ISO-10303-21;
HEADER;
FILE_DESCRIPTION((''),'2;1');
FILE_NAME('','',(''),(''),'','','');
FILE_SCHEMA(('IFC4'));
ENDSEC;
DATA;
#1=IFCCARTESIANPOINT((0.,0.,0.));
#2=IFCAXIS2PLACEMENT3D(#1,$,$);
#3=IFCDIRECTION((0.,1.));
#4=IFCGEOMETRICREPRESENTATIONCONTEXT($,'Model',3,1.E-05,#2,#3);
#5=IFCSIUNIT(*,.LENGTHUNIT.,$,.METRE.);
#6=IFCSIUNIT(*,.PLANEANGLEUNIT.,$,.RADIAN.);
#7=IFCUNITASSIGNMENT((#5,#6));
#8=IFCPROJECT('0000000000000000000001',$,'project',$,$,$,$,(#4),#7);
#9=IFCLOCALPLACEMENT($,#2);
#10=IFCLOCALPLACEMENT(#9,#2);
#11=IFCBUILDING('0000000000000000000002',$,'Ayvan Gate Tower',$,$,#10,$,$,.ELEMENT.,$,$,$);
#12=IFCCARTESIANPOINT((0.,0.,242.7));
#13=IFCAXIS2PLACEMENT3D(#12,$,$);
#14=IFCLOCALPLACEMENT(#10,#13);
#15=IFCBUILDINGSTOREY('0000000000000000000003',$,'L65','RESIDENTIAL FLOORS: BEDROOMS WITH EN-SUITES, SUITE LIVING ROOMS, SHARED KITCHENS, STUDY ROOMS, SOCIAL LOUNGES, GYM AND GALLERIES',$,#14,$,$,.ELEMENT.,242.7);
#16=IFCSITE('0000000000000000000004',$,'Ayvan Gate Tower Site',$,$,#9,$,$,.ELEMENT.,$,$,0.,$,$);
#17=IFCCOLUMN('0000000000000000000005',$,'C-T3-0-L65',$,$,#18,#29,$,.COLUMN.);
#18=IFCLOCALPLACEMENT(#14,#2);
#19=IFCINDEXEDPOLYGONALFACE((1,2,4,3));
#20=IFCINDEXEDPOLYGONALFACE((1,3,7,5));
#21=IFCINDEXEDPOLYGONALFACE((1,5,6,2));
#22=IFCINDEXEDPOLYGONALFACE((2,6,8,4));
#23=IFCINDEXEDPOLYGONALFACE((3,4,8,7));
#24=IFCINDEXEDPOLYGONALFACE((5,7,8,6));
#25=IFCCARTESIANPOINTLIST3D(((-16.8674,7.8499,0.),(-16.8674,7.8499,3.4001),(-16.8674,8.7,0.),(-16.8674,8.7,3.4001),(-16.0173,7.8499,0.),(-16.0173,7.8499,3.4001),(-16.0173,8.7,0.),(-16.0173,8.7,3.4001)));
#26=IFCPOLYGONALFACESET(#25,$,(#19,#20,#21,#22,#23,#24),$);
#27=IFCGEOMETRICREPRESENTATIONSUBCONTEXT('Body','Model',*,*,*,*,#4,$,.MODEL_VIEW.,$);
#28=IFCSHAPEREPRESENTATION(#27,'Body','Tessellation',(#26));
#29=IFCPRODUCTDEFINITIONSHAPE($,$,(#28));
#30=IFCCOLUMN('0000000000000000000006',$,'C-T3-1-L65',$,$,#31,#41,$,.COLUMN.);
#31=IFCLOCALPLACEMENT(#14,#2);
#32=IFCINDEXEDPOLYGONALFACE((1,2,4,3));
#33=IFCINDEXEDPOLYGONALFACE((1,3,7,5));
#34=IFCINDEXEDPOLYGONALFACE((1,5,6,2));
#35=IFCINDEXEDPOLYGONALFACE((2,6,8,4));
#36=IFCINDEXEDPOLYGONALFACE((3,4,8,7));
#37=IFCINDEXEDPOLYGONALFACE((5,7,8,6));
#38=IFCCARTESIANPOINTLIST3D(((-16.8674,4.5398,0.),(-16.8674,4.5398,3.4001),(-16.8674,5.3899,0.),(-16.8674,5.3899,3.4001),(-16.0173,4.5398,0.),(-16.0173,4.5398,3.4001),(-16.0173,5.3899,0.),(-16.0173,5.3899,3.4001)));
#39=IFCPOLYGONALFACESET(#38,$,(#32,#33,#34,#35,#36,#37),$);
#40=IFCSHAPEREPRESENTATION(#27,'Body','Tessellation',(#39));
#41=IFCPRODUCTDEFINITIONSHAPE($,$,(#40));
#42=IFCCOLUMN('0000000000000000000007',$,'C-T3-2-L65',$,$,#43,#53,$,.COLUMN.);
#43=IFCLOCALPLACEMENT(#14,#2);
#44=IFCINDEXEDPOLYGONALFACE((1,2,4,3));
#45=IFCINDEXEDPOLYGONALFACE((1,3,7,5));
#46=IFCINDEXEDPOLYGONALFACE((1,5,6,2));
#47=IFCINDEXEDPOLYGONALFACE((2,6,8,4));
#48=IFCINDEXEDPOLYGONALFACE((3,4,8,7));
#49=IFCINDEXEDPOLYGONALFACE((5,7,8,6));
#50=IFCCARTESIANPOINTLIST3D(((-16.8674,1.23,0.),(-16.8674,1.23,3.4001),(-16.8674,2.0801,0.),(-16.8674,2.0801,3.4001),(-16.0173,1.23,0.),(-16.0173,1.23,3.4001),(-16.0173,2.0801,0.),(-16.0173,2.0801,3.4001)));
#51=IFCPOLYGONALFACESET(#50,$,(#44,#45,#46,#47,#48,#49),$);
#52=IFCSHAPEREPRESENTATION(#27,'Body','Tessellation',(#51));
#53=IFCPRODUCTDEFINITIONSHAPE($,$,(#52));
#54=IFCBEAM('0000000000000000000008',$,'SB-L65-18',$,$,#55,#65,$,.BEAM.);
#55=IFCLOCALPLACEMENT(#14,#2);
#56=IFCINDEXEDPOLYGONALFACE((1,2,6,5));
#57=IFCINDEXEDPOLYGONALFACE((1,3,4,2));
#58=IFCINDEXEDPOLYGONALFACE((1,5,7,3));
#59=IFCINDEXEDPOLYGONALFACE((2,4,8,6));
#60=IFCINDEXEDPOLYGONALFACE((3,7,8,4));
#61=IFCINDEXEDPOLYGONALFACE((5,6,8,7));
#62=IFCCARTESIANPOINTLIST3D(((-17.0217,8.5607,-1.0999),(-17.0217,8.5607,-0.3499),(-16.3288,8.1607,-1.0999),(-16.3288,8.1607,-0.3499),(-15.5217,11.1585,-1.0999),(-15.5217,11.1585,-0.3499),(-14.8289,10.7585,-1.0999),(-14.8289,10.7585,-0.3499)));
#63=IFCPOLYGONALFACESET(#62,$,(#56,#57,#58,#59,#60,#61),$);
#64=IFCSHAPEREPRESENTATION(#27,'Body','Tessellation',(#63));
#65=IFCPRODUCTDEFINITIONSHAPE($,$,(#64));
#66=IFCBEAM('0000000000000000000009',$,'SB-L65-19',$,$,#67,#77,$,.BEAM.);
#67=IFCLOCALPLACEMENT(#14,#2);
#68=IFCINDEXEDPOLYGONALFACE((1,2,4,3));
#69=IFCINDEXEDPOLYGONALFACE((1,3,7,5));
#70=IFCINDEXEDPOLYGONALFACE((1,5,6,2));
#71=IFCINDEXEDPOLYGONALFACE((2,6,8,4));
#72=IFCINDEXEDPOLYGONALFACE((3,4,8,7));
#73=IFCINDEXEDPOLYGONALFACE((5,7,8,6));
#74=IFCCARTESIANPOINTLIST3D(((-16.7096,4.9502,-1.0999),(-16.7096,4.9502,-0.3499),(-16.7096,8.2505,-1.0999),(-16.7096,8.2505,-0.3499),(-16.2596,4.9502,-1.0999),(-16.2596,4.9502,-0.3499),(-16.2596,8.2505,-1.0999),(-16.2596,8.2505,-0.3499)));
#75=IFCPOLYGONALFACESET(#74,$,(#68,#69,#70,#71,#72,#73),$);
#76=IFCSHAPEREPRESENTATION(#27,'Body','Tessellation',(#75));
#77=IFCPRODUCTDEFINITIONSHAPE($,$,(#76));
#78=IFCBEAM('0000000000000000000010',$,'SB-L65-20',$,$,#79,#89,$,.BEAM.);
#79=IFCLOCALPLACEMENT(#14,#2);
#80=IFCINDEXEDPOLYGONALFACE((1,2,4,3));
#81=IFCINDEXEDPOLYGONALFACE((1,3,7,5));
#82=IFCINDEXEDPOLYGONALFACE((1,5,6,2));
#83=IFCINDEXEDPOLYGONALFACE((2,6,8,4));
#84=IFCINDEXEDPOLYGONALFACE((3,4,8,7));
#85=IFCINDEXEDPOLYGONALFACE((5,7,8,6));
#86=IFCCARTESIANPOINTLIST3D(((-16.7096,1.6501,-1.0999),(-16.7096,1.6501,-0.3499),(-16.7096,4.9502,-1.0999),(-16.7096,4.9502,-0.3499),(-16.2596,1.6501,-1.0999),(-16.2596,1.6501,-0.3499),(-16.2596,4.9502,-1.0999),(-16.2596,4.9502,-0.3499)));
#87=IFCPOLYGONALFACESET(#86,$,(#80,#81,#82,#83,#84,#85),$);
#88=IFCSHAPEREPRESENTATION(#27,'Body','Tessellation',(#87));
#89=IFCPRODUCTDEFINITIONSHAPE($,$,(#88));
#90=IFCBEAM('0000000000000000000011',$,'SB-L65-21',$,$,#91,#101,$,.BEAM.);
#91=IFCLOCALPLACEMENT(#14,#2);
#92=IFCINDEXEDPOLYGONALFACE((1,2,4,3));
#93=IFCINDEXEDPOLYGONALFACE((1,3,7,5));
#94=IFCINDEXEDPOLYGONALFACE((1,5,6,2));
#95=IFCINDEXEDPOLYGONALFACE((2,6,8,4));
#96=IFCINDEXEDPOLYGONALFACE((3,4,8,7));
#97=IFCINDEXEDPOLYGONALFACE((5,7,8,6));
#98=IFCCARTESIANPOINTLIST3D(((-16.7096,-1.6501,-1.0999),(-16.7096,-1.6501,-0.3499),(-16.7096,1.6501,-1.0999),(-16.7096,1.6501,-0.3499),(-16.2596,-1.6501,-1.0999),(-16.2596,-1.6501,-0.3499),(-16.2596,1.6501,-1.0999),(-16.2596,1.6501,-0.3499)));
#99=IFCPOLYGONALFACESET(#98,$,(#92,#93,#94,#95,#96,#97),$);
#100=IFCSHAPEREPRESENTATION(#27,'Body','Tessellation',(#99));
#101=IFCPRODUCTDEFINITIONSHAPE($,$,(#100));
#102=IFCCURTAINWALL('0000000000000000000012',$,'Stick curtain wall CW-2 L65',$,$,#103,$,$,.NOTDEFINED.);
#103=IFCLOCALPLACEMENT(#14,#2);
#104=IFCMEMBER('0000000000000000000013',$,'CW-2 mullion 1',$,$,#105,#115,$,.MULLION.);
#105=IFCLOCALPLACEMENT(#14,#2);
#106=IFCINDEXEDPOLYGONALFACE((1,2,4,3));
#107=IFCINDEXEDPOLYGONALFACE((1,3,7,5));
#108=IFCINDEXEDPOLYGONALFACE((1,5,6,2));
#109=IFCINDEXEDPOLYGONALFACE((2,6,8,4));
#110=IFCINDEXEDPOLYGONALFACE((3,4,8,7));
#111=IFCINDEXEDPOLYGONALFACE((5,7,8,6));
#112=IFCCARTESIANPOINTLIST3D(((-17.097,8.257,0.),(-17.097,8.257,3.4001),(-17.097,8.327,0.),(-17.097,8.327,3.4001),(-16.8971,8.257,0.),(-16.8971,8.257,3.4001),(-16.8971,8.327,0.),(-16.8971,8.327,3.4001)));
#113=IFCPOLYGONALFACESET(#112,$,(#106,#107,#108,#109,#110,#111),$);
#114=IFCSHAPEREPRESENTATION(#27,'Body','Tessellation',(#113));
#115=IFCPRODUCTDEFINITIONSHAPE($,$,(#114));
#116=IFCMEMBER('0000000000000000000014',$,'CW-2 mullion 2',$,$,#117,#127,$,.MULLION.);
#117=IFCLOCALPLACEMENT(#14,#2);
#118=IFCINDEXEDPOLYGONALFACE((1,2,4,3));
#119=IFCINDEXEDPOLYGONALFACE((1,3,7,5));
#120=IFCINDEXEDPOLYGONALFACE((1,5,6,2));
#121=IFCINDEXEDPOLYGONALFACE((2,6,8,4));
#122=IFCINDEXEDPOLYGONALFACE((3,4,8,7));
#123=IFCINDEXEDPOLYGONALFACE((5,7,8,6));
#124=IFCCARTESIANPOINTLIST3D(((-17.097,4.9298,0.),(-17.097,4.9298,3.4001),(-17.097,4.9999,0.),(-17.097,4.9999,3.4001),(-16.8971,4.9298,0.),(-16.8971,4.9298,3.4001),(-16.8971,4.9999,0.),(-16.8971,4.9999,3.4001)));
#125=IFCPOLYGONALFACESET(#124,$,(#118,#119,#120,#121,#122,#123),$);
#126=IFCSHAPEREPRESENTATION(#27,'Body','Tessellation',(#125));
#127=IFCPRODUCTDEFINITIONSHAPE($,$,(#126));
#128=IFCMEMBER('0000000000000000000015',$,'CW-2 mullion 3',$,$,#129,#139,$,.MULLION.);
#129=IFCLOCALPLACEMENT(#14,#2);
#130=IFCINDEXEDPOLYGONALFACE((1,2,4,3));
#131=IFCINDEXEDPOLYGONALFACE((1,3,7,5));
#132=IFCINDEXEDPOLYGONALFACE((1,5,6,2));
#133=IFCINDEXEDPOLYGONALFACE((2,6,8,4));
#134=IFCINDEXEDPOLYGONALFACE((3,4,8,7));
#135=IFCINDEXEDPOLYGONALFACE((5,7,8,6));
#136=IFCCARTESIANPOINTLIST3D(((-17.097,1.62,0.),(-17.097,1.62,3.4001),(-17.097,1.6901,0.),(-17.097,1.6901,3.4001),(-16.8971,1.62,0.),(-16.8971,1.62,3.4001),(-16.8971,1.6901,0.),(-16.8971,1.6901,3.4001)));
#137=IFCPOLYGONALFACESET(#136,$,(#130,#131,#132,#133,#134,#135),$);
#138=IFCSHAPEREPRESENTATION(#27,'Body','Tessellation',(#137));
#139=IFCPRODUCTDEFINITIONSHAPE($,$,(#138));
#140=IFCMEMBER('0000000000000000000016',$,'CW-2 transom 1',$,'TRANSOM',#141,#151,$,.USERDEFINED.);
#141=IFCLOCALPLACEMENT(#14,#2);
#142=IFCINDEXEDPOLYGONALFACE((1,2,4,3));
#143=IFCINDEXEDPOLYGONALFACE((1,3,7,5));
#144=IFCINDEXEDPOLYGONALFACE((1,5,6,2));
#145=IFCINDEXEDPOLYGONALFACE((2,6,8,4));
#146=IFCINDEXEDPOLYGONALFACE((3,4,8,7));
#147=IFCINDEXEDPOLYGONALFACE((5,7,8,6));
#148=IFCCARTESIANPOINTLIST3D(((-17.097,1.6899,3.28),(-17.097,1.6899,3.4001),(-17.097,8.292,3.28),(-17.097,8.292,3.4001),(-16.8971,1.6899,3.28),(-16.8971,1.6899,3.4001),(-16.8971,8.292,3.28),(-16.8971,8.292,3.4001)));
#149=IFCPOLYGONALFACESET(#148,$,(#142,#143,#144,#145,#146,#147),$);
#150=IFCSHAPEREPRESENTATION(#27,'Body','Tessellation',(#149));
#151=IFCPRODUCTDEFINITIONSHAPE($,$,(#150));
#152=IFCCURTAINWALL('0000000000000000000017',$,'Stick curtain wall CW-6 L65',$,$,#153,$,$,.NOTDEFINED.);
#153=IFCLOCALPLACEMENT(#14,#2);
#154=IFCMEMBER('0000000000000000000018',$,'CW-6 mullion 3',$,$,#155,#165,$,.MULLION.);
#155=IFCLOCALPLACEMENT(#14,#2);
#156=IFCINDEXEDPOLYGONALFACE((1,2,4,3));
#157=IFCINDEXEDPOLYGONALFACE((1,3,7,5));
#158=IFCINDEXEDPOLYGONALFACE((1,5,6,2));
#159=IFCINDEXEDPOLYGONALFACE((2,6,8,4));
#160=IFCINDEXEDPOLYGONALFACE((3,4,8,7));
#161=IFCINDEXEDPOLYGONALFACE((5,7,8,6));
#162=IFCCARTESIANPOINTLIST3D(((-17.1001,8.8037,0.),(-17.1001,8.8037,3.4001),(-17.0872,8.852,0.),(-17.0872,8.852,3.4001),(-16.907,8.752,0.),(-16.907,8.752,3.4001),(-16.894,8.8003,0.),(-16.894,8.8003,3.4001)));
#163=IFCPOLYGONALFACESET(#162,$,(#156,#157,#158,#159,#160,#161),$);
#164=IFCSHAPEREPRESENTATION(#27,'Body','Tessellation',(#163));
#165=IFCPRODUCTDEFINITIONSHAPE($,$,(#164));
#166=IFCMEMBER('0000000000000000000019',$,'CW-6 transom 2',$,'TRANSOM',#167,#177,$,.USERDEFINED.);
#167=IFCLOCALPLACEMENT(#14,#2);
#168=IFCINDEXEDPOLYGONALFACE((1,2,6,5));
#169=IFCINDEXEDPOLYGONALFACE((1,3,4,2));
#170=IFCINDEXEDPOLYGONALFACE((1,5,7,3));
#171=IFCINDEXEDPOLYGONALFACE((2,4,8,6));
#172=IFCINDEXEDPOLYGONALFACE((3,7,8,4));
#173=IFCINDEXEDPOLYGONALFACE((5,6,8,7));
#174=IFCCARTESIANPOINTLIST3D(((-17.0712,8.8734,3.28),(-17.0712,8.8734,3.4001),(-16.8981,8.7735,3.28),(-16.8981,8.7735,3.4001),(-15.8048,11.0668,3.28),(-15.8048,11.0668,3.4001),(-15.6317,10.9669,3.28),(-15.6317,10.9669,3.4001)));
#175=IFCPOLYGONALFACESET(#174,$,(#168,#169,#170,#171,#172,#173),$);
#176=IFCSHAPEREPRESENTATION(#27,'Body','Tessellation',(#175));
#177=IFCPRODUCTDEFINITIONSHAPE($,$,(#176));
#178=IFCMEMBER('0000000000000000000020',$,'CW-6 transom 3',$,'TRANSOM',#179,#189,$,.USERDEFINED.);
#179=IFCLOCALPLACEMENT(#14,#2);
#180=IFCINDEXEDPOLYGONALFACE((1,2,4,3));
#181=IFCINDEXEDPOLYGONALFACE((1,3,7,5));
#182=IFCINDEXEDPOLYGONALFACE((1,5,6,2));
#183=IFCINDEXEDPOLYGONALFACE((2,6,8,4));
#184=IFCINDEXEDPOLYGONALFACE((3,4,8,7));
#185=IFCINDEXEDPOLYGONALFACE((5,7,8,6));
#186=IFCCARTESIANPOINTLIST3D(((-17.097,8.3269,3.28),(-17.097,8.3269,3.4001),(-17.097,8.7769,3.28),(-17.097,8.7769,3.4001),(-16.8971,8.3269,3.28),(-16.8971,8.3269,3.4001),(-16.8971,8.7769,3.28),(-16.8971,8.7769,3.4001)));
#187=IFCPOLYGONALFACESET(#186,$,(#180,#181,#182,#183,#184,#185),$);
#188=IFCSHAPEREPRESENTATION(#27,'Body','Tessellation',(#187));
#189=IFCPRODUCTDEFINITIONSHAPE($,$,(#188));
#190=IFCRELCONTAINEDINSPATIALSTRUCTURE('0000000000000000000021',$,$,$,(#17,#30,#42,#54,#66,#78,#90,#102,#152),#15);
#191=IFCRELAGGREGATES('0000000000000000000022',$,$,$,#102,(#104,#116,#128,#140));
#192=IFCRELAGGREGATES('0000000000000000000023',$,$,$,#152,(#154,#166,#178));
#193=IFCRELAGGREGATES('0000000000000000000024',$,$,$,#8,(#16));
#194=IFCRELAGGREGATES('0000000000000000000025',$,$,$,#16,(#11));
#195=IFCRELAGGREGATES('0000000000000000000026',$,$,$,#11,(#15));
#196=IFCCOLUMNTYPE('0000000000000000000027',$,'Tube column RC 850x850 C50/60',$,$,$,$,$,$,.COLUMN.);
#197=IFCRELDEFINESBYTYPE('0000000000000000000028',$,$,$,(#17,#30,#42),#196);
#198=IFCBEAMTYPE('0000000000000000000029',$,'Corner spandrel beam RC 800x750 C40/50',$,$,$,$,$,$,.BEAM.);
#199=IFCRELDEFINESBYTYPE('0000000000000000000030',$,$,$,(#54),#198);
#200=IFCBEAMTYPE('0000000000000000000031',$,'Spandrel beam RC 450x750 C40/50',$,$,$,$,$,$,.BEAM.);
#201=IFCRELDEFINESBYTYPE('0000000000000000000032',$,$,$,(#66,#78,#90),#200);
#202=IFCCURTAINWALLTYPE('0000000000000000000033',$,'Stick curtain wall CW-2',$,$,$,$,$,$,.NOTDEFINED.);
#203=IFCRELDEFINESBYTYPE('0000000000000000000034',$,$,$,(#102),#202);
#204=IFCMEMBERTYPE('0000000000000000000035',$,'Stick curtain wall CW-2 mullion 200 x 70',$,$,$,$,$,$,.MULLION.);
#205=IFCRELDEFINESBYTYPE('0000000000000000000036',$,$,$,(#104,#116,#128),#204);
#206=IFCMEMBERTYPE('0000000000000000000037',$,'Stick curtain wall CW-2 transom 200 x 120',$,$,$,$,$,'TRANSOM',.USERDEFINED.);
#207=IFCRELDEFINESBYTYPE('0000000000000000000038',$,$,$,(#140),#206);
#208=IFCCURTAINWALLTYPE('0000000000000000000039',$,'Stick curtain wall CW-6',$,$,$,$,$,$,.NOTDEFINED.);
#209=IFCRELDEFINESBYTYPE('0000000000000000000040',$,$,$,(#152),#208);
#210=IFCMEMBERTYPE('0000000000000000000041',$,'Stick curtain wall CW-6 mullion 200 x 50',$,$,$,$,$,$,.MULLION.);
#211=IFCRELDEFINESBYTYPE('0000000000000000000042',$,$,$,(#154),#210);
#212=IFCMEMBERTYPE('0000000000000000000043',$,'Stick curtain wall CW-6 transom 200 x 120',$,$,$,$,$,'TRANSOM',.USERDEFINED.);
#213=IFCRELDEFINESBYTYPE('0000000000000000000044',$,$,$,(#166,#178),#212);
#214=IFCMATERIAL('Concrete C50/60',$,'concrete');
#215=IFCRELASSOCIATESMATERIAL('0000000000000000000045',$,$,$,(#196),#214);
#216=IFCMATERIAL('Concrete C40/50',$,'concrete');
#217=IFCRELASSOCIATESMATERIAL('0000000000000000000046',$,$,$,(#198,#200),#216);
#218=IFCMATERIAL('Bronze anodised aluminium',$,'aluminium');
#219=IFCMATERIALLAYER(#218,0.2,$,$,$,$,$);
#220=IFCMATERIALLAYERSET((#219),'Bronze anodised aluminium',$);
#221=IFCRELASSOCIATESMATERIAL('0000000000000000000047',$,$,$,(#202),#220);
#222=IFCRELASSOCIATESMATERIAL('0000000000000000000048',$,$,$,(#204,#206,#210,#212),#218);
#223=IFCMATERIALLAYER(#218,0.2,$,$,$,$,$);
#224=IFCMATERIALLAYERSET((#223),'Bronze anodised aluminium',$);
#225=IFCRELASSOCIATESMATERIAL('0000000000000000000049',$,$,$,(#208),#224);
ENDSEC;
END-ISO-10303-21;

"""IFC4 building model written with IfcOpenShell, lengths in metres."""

from ifc_helpers import new_model, si_unit, direction, frame, origin, origin_2d, place, context, subcontext, project, spatial, rectangle, extrude, material, layer, layer_set, material_profile, profile_set, type_object, element, aggregate, save


model = new_model("IFC4")

# Units and contexts
model_context = context("Model", 3, precision=1e-05, world=origin(), true_north=direction((0.0, 1.0)))
body_context = subcontext(model_context, "Body", "Model", "MODEL_VIEW")
ifc_project = project(units=[si_unit("LENGTHUNIT", "METRE"), si_unit("PLANEANGLEUNIT", "RADIAN")], contexts=[model_context])

# Site, building, storey
site_placement = place(None, origin())
site = spatial("IfcSite", under=ifc_project, at=site_placement, Name="Ayvan Gate Tower Site", CompositionType="ELEMENT", RefElevation=0.0)
building_placement = place(site_placement, origin())
building = spatial("IfcBuilding", under=site, at=building_placement, Name="Ayvan Gate Tower", CompositionType="ELEMENT")
storey_placement = place(building_placement, frame((0.0, 0.0, 242.7)))
storey = spatial("IfcBuildingStorey", under=building, at=storey_placement, Name="L65", Description="RESIDENTIAL FLOORS: BEDROOMS WITH EN-SUITES, SUITE LIVING ROOMS, SHARED KITCHENS, STUDY ROOMS, SOCIAL LOUNGES, GYM AND GALLERIES", CompositionType="ELEMENT", Elevation=242.7)

# Columns
ifc_material_1 = material(Name="Concrete C50/60", Category="concrete")
ifc_material_profile_1 = material_profile(ifc_material_1, rectangle(XDim=0.8501, YDim=0.8501, at=origin_2d()), Name="RC 850x850")
ifc_profile_set_1 = profile_set([ifc_material_profile_1], Name="Concrete C50/60")
column_type = type_object("IfcColumnType", Name="Tube column RC 850x850 C50/60", PredefinedType="COLUMN", material=ifc_profile_set_1)
for number, where, z_axis, x_axis, name in (
    (1, (-16.4424, 8.2749, 0.0), (0.0, 0.0, 1.0), (-1.0, 0.0, 0.0), "C-T3-0-L65"),
    (2, (-16.4424, 4.9648, 0.0), (0.0, 0.0, 1.0), (-1.0, 0.0, 0.0), "C-T3-1-L65"),
    (3, (-16.4424, 1.655, 0.0), (0.0, 0.0, 1.0), (-1.0, 0.0, 0.0), "C-T3-2-L65"),
):
    element("IfcColumn", number, at=place(storey_placement, frame(where, z_axis=z_axis, x_axis=x_axis)), inside=storey, type_object=column_type, Name=name, PredefinedType="COLUMN", context=body_context, shape_type="SweptSolid", body=[
        extrude(rectangle(XDim=0.8501, YDim=0.8501, at=origin_2d()), origin(), (0.0, 0.0, 1.0), 3.4001),
    ])

# Beams
ifc_material_2 = material(Name="Concrete C40/50", Category="concrete")
ifc_material_profile_2 = material_profile(ifc_material_2, rectangle(XDim=0.8, YDim=0.75, at=origin_2d()), Name="RC 800x750")
ifc_profile_set_2 = profile_set([ifc_material_profile_2], Name="Concrete C40/50")
beam_type_1 = type_object("IfcBeamType", Name="Corner spandrel beam RC 800x750 C40/50", PredefinedType="BEAM", material=ifc_profile_set_2)
beam_1_placement = place(storey_placement, frame((-15.1753, 10.9585, -0.7249), z_axis=(-0.500025, -0.866011, 0.0), x_axis=(0.866011, -0.500025, 0.0)))
element("IfcBeam", 4, at=beam_1_placement, inside=storey, type_object=beam_type_1, Name="SB-L65-18", PredefinedType="BEAM", context=body_context, shape_type="SweptSolid", body=[
    extrude(rectangle(XDim=0.8, YDim=0.75, at=origin_2d()), origin(), (0.0, 0.0, 1.0), 2.9998),
])
ifc_material_profile_3 = material_profile(ifc_material_2, rectangle(XDim=0.45, YDim=0.75, at=origin_2d()), Name="RC 450x750")
ifc_profile_set_3 = profile_set([ifc_material_profile_3], Name="Concrete C40/50")
beam_type_2 = type_object("IfcBeamType", Name="Spandrel beam RC 450x750 C40/50", PredefinedType="BEAM", material=ifc_profile_set_3)
beam_2_placement = place(storey_placement, frame((-16.4846, 8.2505, -0.7249), z_axis=(0.0, -1.0, 0.0), x_axis=(1.0, 0.0, 0.0)))
element("IfcBeam", 5, at=beam_2_placement, inside=storey, type_object=beam_type_2, Name="SB-L65-19", PredefinedType="BEAM", context=body_context, shape_type="SweptSolid", body=[
    extrude(rectangle(XDim=0.45, YDim=0.75, at=origin_2d()), origin(), (0.0, 0.0, 1.0), 3.3003),
])
beam_3_placement = place(storey_placement, frame((-16.4846, 4.9502, -0.7249), z_axis=(0.0, -1.0, 0.0), x_axis=(1.0, 0.0, 0.0)))
element("IfcBeam", 6, at=beam_3_placement, inside=storey, type_object=beam_type_2, Name="SB-L65-20", PredefinedType="BEAM", context=body_context, shape_type="SweptSolid", body=[
    extrude(rectangle(XDim=0.45, YDim=0.75, at=origin_2d()), origin(), (0.0, 0.0, 1.0), 3.3),
])
beam_4_placement = place(storey_placement, frame((-16.4846, 1.6501, -0.7249), z_axis=(0.0, -1.0, 0.0), x_axis=(1.0, 0.0, 0.0)))
element("IfcBeam", 7, at=beam_4_placement, inside=storey, type_object=beam_type_2, Name="SB-L65-21", PredefinedType="BEAM", context=body_context, shape_type="SweptSolid", body=[
    extrude(rectangle(XDim=0.45, YDim=0.75, at=origin_2d()), origin(), (0.0, 0.0, 1.0), 3.3003),
])

# Curtain walls, members
ifc_material_3 = material(Name="Bronze anodised aluminium", Category="aluminium")
ifc_layer_1 = layer(ifc_material_3, 0.2)
ifc_layer_set_1 = layer_set([ifc_layer_1], Name="Bronze anodised aluminium")
curtain_wall_type_1 = type_object("IfcCurtainWallType", Name="Stick curtain wall CW-2", PredefinedType="NOTDEFINED", material=ifc_layer_set_1)
curtain_wall_1_placement = place(storey_placement, origin())
curtain_wall_1 = element("IfcCurtainWall", 8, at=curtain_wall_1_placement, inside=storey, type_object=curtain_wall_type_1, Name="Stick curtain wall CW-2 L65", PredefinedType="NOTDEFINED")
ifc_material_profile_4 = material_profile(ifc_material_3, rectangle(XDim=0.2, YDim=0.0701, at=origin_2d()), Name="Stick curtain wall CW-2 mullion 200 x 70")
ifc_profile_set_4 = profile_set([ifc_material_profile_4], Name="Bronze anodised aluminium")
member_type_1 = type_object("IfcMemberType", Name="Stick curtain wall CW-2 mullion 200 x 70", PredefinedType="MULLION", material=ifc_profile_set_4)
member_1_placement = place(storey_placement, frame((-16.9971, 8.292, 0.0), z_axis=(0.0, 0.0, 1.0), x_axis=(-1.0, 0.0, 0.0)))
member_1 = element("IfcMember", 9, at=member_1_placement, type_object=member_type_1, Name="CW-2 mullion 1", PredefinedType="MULLION", context=body_context, shape_type="SweptSolid", body=[
    extrude(rectangle(XDim=0.2, YDim=0.0701, at=origin_2d()), origin(), (0.0, 0.0, 1.0), 3.4001),
])
member_2_placement = place(storey_placement, frame((-16.9971, 4.9648, 0.0), z_axis=(0.0, 0.0, 1.0), x_axis=(-1.0, 0.0, 0.0)))
member_2 = element("IfcMember", 10, at=member_2_placement, type_object=member_type_1, Name="CW-2 mullion 2", PredefinedType="MULLION", context=body_context, shape_type="SweptSolid", body=[
    extrude(rectangle(XDim=0.2, YDim=0.0701, at=origin_2d()), origin(), (0.0, 0.0, 1.0), 3.4001),
])
member_3_placement = place(storey_placement, frame((-16.9971, 1.655, 0.0), z_axis=(0.0, 0.0, 1.0), x_axis=(-1.0, 0.0, 0.0)))
member_3 = element("IfcMember", 11, at=member_3_placement, type_object=member_type_1, Name="CW-2 mullion 3", PredefinedType="MULLION", context=body_context, shape_type="SweptSolid", body=[
    extrude(rectangle(XDim=0.2, YDim=0.0701, at=origin_2d()), origin(), (0.0, 0.0, 1.0), 3.4001),
])
ifc_material_profile_5 = material_profile(ifc_material_3, rectangle(XDim=0.2, YDim=0.1201, at=origin_2d()), Name="Stick curtain wall CW-2 transom 200 x 120")
ifc_profile_set_5 = profile_set([ifc_material_profile_5], Name="Bronze anodised aluminium")
member_type_2 = type_object("IfcMemberType", Name="Stick curtain wall CW-2 transom 200 x 120", ElementType="TRANSOM", PredefinedType="USERDEFINED", material=ifc_profile_set_5)
member_4_placement = place(storey_placement, frame((-16.9971, 8.292, 3.3401), z_axis=(0.0, -1.0, 0.0), x_axis=(1.0, 0.0, 0.0)))
member_4 = element("IfcMember", 12, at=member_4_placement, type_object=member_type_2, Name="CW-2 transom 1", ObjectType="TRANSOM", PredefinedType="USERDEFINED", context=body_context, shape_type="SweptSolid", body=[
    extrude(rectangle(XDim=0.2, YDim=0.1201, at=origin_2d()), origin(), (0.0, 0.0, 1.0), 6.6021),
])
ifc_layer_2 = layer(ifc_material_3, 0.2)
ifc_layer_set_2 = layer_set([ifc_layer_2], Name="Bronze anodised aluminium")
curtain_wall_type_2 = type_object("IfcCurtainWallType", Name="Stick curtain wall CW-6", PredefinedType="NOTDEFINED", material=ifc_layer_set_2)
curtain_wall_2_placement = place(storey_placement, origin())
curtain_wall_2 = element("IfcCurtainWall", 13, at=curtain_wall_2_placement, inside=storey, type_object=curtain_wall_type_2, Name="Stick curtain wall CW-6 L65", PredefinedType="NOTDEFINED")
ifc_material_profile_6 = material_profile(ifc_material_3, rectangle(XDim=0.2, YDim=0.05, at=origin_2d()), Name="Stick curtain wall CW-6 mullion 200 x 50")
ifc_profile_set_6 = profile_set([ifc_material_profile_6], Name="Bronze anodised aluminium")
member_type_3 = type_object("IfcMemberType", Name="Stick curtain wall CW-6 mullion 200 x 50", PredefinedType="MULLION", material=ifc_profile_set_6)
member_5_placement = place(storey_placement, frame((-16.9971, 8.802, 0.0), z_axis=(0.0, 0.0, 1.0), x_axis=(-0.965926, 0.258819, 0.0)))
member_5 = element("IfcMember", 14, at=member_5_placement, type_object=member_type_3, Name="CW-6 mullion 3", PredefinedType="MULLION", context=body_context, shape_type="SweptSolid", body=[
    extrude(rectangle(XDim=0.2, YDim=0.05, at=origin_2d()), origin(), (0.0, 0.0, 1.0), 3.4001),
])
ifc_material_profile_7 = material_profile(ifc_material_3, rectangle(XDim=0.2, YDim=0.1201, at=origin_2d()), Name="Stick curtain wall CW-6 transom 200 x 120")
ifc_profile_set_7 = profile_set([ifc_material_profile_7], Name="Bronze anodised aluminium")
member_type_4 = type_object("IfcMemberType", Name="Stick curtain wall CW-6 transom 200 x 120", ElementType="TRANSOM", PredefinedType="USERDEFINED", material=ifc_profile_set_7)
member_6_placement = place(storey_placement, frame((-15.7183, 11.0168, 3.3401), z_axis=(-0.500006, -0.866022, 0.0), x_axis=(0.866022, -0.500006, 0.0)))
member_6 = element("IfcMember", 15, at=member_6_placement, type_object=member_type_4, Name="CW-6 transom 2", ObjectType="TRANSOM", PredefinedType="USERDEFINED", context=body_context, shape_type="SweptSolid", body=[
    extrude(rectangle(XDim=0.2, YDim=0.1201, at=origin_2d()), origin(), (0.0, 0.0, 1.0), 2.5327),
])
member_7_placement = place(storey_placement, frame((-16.9971, 8.7769, 3.3401), z_axis=(0.0, -1.0, 0.0), x_axis=(1.0, 0.0, 0.0)))
member_7 = element("IfcMember", 16, at=member_7_placement, type_object=member_type_4, Name="CW-6 transom 3", ObjectType="TRANSOM", PredefinedType="USERDEFINED", context=body_context, shape_type="SweptSolid", body=[
    extrude(rectangle(XDim=0.2, YDim=0.1201, at=origin_2d()), origin(), (0.0, 0.0, 1.0), 0.45),
])

aggregate(curtain_wall_1, [member_1, member_2, member_3, member_4])
aggregate(curtain_wall_2, [member_5, member_6, member_7])

save(model, "model.ifc")
